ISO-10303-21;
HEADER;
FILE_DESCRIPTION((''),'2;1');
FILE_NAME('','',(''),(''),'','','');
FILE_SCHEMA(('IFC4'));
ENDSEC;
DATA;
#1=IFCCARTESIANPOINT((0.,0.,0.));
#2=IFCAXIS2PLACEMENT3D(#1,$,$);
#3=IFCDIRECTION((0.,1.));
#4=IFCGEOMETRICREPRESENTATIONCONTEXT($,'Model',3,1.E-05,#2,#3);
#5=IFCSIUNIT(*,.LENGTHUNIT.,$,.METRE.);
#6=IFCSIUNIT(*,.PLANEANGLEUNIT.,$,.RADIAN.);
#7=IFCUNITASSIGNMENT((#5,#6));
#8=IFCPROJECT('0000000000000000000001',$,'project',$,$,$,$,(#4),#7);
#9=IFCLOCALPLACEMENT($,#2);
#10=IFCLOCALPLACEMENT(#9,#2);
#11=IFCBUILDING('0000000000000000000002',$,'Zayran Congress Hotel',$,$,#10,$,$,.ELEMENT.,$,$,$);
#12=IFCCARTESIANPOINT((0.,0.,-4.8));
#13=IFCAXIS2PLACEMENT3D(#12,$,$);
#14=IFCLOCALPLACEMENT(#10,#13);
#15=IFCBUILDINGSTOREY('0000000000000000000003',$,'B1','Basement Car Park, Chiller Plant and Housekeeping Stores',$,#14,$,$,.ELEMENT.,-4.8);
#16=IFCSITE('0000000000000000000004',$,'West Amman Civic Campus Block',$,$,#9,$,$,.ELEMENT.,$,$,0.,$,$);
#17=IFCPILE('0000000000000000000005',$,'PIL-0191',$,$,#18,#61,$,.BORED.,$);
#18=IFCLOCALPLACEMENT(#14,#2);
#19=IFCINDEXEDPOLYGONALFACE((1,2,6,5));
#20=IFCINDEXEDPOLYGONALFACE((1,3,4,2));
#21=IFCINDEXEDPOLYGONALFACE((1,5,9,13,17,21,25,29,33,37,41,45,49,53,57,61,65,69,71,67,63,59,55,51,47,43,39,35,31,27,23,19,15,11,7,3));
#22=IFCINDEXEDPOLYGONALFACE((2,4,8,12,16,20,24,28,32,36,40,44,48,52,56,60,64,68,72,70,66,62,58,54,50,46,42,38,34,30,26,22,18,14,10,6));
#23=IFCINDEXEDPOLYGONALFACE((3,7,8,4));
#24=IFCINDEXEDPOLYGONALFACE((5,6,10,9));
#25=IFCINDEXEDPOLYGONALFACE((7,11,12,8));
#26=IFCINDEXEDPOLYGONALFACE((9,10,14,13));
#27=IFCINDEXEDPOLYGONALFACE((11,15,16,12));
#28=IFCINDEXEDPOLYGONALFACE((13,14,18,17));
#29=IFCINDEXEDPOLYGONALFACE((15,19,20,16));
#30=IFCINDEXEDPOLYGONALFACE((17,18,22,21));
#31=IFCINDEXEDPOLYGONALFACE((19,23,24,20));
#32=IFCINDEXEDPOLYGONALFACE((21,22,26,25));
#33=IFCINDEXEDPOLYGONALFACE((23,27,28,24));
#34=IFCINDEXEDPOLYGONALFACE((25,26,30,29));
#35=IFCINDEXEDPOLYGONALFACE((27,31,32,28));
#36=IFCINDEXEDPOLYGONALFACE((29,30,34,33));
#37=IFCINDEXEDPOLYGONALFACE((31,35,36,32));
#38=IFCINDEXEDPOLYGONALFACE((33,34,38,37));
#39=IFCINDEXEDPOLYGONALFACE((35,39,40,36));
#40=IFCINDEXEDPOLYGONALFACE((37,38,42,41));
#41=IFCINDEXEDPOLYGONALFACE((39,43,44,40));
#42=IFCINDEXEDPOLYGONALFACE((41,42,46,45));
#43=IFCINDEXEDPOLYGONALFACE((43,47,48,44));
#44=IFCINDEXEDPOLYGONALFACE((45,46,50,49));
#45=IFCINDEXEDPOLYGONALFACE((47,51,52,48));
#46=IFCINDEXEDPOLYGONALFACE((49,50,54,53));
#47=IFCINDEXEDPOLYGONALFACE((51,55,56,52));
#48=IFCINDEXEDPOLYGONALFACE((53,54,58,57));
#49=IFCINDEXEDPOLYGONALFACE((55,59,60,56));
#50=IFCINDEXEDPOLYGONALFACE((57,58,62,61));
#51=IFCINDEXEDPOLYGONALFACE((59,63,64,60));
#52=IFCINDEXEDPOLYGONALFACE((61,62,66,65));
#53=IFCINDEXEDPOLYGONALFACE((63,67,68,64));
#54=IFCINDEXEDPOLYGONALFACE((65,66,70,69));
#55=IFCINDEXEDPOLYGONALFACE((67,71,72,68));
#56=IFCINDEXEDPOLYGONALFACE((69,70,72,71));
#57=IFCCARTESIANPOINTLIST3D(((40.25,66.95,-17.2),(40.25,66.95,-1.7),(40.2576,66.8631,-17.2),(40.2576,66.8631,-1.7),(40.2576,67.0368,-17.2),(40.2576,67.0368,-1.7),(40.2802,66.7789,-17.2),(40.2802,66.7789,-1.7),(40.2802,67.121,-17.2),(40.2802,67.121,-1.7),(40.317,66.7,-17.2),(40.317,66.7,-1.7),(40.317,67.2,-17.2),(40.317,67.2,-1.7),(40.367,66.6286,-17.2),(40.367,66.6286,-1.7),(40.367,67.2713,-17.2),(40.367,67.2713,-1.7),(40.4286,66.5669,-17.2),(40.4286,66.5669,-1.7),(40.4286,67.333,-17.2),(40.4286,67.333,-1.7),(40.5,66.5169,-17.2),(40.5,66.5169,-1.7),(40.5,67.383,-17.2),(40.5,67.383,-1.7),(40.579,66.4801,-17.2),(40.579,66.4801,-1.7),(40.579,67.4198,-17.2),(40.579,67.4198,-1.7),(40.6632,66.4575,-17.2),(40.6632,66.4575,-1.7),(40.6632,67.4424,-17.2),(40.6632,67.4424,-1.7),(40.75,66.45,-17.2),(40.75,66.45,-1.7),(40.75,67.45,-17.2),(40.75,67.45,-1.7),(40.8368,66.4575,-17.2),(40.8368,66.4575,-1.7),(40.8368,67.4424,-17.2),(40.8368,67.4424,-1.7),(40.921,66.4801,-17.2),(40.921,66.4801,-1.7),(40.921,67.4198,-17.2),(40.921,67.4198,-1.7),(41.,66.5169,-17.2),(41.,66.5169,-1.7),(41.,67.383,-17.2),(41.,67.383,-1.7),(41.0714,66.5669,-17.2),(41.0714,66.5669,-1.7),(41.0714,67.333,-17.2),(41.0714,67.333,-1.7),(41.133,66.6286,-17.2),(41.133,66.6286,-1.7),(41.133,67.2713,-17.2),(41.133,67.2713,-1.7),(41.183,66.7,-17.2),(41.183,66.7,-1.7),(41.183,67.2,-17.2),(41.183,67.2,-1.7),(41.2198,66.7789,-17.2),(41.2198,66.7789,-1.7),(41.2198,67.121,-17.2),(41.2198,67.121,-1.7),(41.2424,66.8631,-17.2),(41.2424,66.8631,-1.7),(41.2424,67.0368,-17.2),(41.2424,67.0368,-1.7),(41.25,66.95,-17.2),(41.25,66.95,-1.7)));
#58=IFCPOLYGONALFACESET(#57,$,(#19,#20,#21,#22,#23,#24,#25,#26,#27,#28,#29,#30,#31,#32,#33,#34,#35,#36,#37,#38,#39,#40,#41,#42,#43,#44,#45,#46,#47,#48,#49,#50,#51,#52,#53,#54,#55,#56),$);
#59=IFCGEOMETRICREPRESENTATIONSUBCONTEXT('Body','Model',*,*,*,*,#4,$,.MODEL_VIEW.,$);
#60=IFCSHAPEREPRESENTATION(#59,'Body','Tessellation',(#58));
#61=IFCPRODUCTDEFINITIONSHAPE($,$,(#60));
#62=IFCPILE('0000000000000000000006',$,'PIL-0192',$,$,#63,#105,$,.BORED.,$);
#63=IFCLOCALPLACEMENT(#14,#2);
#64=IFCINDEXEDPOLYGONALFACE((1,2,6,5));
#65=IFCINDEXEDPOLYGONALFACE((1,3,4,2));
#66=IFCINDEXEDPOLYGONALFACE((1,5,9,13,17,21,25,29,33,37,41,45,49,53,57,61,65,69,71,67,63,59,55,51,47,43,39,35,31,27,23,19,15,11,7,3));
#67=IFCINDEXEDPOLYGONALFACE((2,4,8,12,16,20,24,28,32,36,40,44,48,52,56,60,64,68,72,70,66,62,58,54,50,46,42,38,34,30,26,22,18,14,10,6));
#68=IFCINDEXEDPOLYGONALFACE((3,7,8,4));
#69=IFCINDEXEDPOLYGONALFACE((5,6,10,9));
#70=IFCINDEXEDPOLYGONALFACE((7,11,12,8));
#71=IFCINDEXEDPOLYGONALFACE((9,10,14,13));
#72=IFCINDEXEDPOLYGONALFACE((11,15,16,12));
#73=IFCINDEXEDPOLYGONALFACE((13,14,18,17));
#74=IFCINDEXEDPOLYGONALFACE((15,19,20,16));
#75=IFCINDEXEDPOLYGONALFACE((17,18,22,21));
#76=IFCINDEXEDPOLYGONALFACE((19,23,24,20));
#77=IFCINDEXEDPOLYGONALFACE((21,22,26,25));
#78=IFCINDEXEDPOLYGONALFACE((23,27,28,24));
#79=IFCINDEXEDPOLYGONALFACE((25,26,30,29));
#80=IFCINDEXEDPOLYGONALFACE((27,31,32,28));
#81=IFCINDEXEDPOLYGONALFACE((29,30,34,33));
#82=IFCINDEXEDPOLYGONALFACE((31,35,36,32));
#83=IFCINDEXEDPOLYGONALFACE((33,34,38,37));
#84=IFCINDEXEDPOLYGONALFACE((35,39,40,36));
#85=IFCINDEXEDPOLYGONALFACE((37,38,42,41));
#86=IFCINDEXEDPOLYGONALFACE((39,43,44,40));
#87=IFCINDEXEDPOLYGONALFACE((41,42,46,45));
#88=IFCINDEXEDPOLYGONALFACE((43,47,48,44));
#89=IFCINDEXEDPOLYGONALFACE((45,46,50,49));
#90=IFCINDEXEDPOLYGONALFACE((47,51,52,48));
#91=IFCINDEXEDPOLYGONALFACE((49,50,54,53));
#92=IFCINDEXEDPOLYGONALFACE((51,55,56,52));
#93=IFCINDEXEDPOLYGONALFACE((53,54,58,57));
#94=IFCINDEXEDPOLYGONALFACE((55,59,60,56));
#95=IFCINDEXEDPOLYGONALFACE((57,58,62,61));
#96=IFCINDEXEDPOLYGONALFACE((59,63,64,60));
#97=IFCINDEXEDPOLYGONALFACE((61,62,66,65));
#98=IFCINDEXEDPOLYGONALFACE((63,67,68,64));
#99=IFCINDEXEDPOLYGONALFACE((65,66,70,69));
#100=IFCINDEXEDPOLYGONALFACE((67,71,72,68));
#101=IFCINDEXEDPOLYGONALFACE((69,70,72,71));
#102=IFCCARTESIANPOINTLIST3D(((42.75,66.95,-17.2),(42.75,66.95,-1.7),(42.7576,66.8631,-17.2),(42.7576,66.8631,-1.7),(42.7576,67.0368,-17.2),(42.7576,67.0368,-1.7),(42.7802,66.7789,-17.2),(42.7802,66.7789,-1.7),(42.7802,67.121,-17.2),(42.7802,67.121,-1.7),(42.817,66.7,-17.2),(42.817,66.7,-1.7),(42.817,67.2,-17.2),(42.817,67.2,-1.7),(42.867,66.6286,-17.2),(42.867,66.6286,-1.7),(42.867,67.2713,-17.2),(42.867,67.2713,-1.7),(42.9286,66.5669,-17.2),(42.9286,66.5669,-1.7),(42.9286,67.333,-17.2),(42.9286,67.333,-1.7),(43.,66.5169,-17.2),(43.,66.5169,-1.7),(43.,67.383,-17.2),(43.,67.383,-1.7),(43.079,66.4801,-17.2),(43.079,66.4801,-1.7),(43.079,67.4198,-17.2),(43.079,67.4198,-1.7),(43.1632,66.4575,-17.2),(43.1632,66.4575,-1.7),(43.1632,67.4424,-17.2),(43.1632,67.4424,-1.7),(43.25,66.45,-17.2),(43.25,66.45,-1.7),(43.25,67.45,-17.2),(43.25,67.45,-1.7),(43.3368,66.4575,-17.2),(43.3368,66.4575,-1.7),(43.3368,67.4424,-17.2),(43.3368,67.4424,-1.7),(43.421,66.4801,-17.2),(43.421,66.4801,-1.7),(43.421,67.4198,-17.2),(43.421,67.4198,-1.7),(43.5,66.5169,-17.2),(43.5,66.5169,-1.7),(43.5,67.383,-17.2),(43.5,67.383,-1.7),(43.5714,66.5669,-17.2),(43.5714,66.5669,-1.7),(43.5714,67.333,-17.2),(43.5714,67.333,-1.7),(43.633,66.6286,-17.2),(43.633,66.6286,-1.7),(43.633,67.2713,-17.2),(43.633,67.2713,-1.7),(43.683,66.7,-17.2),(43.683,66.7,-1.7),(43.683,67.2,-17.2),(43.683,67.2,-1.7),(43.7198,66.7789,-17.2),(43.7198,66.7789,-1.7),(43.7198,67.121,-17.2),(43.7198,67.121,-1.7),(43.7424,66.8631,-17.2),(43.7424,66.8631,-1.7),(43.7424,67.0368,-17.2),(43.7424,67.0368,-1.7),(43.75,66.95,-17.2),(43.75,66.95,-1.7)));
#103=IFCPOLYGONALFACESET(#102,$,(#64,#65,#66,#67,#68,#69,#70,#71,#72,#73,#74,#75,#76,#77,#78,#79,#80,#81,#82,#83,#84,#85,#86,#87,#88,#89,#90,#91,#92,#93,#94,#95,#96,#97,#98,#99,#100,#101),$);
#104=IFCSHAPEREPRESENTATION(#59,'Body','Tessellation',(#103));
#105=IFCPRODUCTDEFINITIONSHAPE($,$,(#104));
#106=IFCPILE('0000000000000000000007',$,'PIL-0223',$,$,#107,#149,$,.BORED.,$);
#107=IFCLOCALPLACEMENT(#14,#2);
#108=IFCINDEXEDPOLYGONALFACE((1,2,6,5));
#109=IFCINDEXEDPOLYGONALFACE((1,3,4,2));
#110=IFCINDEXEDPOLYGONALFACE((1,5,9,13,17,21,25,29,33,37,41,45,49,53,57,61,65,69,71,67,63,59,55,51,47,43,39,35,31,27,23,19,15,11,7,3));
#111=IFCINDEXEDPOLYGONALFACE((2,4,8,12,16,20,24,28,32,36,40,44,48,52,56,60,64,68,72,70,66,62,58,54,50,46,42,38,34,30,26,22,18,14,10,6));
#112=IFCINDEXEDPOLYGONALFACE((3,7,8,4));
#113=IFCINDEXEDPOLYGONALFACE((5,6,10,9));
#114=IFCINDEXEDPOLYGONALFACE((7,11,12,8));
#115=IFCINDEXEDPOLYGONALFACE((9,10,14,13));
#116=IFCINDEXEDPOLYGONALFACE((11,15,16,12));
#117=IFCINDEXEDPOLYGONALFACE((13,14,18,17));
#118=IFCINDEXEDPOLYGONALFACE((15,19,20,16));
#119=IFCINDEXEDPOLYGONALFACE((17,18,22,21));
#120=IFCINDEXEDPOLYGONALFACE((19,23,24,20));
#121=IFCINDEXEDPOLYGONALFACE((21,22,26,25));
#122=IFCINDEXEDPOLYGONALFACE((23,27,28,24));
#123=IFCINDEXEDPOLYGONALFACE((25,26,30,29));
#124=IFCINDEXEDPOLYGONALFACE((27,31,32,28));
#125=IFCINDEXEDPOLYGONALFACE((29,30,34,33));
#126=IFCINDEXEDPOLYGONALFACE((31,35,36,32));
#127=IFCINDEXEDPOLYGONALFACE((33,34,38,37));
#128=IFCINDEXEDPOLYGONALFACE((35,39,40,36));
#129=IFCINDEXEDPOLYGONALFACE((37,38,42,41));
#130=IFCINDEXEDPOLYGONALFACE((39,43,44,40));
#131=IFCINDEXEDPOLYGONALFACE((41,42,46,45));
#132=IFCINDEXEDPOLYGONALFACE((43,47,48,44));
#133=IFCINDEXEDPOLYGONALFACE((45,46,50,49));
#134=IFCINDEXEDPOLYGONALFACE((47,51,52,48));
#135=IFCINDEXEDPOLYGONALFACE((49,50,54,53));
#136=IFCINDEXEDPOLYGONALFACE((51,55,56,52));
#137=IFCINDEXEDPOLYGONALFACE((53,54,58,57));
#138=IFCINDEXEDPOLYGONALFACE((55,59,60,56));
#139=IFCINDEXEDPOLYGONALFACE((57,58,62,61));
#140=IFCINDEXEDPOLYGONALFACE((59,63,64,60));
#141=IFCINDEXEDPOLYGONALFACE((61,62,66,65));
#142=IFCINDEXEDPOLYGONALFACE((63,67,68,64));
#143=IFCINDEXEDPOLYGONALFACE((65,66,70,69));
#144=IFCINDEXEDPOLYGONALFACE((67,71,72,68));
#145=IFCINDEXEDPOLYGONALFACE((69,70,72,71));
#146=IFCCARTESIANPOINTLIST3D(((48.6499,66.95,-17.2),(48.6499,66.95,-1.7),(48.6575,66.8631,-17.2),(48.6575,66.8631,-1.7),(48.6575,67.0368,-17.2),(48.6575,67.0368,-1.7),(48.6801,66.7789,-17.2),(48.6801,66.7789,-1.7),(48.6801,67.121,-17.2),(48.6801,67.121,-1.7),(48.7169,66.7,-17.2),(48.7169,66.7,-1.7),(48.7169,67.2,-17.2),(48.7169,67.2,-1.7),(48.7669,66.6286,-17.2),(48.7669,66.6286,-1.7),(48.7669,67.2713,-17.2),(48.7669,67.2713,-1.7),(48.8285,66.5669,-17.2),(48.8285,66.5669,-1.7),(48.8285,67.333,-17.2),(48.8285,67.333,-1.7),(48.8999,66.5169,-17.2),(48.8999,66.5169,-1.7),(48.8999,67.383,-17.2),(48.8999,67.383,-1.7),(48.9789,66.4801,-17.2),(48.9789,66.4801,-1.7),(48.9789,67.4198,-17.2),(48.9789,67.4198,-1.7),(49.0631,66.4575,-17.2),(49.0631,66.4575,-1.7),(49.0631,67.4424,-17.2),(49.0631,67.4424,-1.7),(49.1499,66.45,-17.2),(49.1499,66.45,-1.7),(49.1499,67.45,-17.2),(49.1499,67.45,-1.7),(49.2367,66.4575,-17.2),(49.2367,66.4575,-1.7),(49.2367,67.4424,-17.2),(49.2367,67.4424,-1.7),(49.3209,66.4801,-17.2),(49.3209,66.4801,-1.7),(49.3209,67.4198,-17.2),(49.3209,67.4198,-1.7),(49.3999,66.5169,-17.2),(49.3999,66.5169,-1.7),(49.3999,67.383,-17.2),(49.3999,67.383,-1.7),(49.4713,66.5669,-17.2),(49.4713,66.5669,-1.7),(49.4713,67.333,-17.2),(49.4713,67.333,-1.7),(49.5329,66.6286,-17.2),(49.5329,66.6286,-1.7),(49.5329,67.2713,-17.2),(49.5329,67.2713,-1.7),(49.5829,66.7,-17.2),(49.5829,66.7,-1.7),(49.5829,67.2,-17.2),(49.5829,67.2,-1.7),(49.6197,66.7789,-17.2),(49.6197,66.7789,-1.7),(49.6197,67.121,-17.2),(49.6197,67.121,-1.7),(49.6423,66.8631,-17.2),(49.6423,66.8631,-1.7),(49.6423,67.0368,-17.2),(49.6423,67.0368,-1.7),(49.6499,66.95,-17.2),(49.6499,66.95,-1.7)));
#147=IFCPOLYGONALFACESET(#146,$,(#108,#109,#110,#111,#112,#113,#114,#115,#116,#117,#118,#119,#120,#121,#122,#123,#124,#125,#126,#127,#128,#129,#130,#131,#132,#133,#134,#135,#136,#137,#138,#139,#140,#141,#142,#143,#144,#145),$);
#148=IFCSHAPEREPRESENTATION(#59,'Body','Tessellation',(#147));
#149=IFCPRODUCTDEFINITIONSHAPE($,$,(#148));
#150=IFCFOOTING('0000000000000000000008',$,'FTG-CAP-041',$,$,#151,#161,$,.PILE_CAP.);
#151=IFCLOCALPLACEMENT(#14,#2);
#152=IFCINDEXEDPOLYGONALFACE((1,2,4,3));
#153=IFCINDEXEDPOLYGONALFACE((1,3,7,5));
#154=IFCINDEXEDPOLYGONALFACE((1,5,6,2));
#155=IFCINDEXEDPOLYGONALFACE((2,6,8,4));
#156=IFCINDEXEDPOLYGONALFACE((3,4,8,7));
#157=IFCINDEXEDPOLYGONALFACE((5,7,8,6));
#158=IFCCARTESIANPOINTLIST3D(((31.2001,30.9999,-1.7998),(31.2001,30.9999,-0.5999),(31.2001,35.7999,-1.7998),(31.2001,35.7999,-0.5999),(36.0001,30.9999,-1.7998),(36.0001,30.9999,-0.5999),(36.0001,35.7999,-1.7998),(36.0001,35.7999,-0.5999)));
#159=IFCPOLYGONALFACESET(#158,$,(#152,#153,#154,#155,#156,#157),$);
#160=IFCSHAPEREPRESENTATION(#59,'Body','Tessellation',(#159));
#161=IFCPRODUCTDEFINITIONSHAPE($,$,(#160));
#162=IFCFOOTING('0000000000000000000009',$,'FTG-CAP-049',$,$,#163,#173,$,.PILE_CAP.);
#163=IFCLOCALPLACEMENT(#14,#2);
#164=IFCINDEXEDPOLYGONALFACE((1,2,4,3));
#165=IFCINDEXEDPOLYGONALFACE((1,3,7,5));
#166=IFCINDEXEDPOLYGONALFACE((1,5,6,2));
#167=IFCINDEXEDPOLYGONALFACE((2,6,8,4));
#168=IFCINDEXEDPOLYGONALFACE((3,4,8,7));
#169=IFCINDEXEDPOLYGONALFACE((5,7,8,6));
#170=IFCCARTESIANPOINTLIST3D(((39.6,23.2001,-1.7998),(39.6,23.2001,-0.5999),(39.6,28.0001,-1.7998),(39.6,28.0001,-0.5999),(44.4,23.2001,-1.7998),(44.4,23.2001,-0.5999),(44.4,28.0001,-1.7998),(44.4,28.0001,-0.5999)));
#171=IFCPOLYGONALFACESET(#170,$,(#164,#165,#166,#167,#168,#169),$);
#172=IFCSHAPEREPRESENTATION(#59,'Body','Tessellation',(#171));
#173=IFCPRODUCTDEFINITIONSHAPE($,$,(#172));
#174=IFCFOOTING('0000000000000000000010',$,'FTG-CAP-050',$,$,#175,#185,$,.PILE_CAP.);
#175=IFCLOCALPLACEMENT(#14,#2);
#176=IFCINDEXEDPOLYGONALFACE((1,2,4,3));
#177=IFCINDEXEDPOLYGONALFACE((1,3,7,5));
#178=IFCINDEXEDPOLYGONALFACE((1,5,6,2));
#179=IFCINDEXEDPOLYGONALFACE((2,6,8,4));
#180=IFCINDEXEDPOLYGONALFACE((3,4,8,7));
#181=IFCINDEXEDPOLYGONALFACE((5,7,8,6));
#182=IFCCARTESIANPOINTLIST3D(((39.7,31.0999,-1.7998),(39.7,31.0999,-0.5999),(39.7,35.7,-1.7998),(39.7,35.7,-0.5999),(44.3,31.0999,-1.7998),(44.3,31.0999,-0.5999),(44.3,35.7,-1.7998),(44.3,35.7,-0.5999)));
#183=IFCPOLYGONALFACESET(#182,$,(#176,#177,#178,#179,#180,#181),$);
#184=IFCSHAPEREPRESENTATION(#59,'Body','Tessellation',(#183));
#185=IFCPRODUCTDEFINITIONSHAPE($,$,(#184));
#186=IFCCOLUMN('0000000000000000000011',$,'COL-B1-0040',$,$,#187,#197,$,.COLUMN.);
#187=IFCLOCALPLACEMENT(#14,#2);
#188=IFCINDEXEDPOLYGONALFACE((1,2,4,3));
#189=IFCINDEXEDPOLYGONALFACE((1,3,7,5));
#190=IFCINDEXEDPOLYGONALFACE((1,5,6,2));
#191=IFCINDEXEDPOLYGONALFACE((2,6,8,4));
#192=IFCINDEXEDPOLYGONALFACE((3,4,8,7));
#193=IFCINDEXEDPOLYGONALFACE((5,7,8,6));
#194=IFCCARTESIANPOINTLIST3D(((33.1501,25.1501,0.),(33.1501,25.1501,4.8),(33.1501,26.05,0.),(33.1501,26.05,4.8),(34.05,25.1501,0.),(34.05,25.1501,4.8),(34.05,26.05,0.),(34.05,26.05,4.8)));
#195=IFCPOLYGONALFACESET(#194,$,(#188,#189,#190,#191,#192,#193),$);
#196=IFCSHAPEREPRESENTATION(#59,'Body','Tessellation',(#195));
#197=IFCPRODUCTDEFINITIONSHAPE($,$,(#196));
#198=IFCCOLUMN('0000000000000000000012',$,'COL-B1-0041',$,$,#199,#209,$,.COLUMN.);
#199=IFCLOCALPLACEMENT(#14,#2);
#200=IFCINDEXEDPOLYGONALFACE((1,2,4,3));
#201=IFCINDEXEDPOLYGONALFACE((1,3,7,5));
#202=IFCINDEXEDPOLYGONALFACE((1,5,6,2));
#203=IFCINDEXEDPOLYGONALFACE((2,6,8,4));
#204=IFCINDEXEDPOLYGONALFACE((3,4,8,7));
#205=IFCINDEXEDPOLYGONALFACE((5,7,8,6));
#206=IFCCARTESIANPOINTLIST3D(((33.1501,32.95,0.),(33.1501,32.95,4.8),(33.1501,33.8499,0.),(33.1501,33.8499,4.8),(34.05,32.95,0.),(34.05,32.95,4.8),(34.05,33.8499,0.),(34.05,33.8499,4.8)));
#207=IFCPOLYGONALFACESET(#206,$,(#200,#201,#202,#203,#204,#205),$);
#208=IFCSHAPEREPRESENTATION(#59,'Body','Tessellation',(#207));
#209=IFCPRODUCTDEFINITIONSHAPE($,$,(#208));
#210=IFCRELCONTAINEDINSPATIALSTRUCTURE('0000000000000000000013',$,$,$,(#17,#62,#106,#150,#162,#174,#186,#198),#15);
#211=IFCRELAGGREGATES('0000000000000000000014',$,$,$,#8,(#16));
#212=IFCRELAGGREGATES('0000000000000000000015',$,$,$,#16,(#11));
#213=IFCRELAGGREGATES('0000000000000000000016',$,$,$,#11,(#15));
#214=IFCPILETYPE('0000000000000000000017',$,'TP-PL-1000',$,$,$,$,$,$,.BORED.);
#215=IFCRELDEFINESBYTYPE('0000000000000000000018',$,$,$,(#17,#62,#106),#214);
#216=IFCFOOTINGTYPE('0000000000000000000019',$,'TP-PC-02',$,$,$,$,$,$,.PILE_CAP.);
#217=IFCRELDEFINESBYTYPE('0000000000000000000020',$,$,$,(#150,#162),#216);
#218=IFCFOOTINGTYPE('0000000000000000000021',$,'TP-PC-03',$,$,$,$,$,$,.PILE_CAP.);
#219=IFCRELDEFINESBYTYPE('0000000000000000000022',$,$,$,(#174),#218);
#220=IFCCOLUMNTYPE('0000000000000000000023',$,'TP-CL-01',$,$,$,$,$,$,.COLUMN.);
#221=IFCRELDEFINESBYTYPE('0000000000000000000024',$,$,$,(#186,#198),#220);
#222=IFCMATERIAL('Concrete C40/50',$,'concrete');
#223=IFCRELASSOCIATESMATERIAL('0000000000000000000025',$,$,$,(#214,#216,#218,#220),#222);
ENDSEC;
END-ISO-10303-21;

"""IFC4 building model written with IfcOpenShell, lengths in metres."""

from ifc_helpers import new_model, si_unit, direction, frame, origin, origin_2d, place, context, subcontext, project, spatial, rectangle, circle, extrude, material, material_profile, profile_set, type_object, element, save


model = new_model("IFC4")

# Units and contexts
model_context = context("Model", 3, precision=1e-05, world=origin(), true_north=direction((0.0, 1.0)))
body_context = subcontext(model_context, "Body", "Model", "MODEL_VIEW")
ifc_project = project(units=[si_unit("LENGTHUNIT", "METRE"), si_unit("PLANEANGLEUNIT", "RADIAN")], contexts=[model_context])

# Site, building, storey
site_placement = place(None, origin())
site = spatial("IfcSite", under=ifc_project, at=site_placement, Name="West Amman Civic Campus Block", CompositionType="ELEMENT", RefElevation=0.0)
building_placement = place(site_placement, origin())
building = spatial("IfcBuilding", under=site, at=building_placement, Name="Zayran Congress Hotel", CompositionType="ELEMENT")
storey_placement = place(building_placement, frame((0.0, 0.0, -4.8)))
storey = spatial("IfcBuildingStorey", under=building, at=storey_placement, Name="B1", Description="Basement Car Park, Chiller Plant and Housekeeping Stores", CompositionType="ELEMENT", Elevation=-4.8)

# Piles
ifc_material = material(Name="Concrete C40/50", Category="concrete")
ifc_material_profile_1 = material_profile(ifc_material, circle(Radius=0.5, at=origin_2d()), Name="PILE D1000")
ifc_profile_set_1 = profile_set([ifc_material_profile_1], Name="Concrete C40/50")
pile_type_1 = type_object("IfcPileType", Name="TP-PL-1000", PredefinedType="BORED", material=ifc_profile_set_1)
for number, where, z_axis, x_axis, name in (
    (1, (40.75, 66.95, -1.7), (0.0, 0.0, -1.0), (1.0, 0.0, 0.0), "PIL-0191"),
    (2, (43.25, 66.95, -1.7), (0.0, 0.0, -1.0), (1.0, 0.0, 0.0), "PIL-0192"),
    (3, (49.1499, 66.95, -1.7), (0.0, 0.0, -1.0), (1.0, 0.0, 0.0), "PIL-0223"),
):
    element("IfcPile", number, at=place(storey_placement, frame(where, z_axis=z_axis, x_axis=x_axis)), inside=storey, type_object=pile_type_1, Name=name, PredefinedType="BORED", context=body_context, shape_type="SweptSolid", body=[
        extrude(circle(Radius=0.5, at=origin_2d()), origin(), (0.0, 0.0, 1.0), 15.5),
    ])

# Footings
footing_type_1 = type_object("IfcFootingType", Name="TP-PC-02", PredefinedType="PILE_CAP", material=ifc_material)
for number, where, z_axis, x_axis, name in (
    (4, (33.6001, 33.3999, -1.7998), (0.0, 0.0, 1.0), (1.0, 0.0, 0.0), "FTG-CAP-041"),
    (5, (42.0, 25.6001, -1.7998), (0.0, 0.0, 1.0), (1.0, 0.0, 0.0), "FTG-CAP-049"),
):
    element("IfcFooting", number, at=place(storey_placement, frame(where, z_axis=z_axis, x_axis=x_axis)), inside=storey, type_object=footing_type_1, Name=name, PredefinedType="PILE_CAP", context=body_context, shape_type="SweptSolid", body=[
        extrude(rectangle(XDim=4.8, YDim=4.8, at=origin_2d()), origin(), (0.0, 0.0, 1.0), 1.2),
    ])
footing_type_2 = type_object("IfcFootingType", Name="TP-PC-03", PredefinedType="PILE_CAP", material=ifc_material)
footing_placement = place(storey_placement, frame((42.0, 33.3999, -1.7998), z_axis=(0.0, 0.0, 1.0), x_axis=(1.0, 0.0, 0.0)))
element("IfcFooting", 6, at=footing_placement, inside=storey, type_object=footing_type_2, Name="FTG-CAP-050", PredefinedType="PILE_CAP", context=body_context, shape_type="SweptSolid", body=[
    extrude(rectangle(XDim=4.6001, YDim=4.6001, at=origin_2d()), origin(), (0.0, 0.0, 1.0), 1.2),
])

# Columns
ifc_material_profile_2 = material_profile(ifc_material, rectangle(XDim=0.8999, YDim=0.8999, at=origin_2d()), Name="RC 900x900")
ifc_profile_set_2 = profile_set([ifc_material_profile_2], Name="Concrete C40/50")
column_type = type_object("IfcColumnType", Name="TP-CL-01", PredefinedType="COLUMN", material=ifc_profile_set_2)
for number, where, z_axis, x_axis, name in (
    (7, (33.6001, 25.6001, 0.0), (0.0, 0.0, 1.0), (1.0, 0.0, 0.0), "COL-B1-0040"),
    (8, (33.6001, 33.3999, 0.0), (0.0, 0.0, 1.0), (1.0, 0.0, 0.0), "COL-B1-0041"),
):
    element("IfcColumn", number, at=place(storey_placement, frame(where, z_axis=z_axis, x_axis=x_axis)), inside=storey, type_object=column_type, Name=name, PredefinedType="COLUMN", context=body_context, shape_type="SweptSolid", body=[
        extrude(rectangle(XDim=0.8999, YDim=0.8999, at=origin_2d()), origin(), (0.0, 0.0, 1.0), 4.8),
    ])

save(model, "model.ifc")
